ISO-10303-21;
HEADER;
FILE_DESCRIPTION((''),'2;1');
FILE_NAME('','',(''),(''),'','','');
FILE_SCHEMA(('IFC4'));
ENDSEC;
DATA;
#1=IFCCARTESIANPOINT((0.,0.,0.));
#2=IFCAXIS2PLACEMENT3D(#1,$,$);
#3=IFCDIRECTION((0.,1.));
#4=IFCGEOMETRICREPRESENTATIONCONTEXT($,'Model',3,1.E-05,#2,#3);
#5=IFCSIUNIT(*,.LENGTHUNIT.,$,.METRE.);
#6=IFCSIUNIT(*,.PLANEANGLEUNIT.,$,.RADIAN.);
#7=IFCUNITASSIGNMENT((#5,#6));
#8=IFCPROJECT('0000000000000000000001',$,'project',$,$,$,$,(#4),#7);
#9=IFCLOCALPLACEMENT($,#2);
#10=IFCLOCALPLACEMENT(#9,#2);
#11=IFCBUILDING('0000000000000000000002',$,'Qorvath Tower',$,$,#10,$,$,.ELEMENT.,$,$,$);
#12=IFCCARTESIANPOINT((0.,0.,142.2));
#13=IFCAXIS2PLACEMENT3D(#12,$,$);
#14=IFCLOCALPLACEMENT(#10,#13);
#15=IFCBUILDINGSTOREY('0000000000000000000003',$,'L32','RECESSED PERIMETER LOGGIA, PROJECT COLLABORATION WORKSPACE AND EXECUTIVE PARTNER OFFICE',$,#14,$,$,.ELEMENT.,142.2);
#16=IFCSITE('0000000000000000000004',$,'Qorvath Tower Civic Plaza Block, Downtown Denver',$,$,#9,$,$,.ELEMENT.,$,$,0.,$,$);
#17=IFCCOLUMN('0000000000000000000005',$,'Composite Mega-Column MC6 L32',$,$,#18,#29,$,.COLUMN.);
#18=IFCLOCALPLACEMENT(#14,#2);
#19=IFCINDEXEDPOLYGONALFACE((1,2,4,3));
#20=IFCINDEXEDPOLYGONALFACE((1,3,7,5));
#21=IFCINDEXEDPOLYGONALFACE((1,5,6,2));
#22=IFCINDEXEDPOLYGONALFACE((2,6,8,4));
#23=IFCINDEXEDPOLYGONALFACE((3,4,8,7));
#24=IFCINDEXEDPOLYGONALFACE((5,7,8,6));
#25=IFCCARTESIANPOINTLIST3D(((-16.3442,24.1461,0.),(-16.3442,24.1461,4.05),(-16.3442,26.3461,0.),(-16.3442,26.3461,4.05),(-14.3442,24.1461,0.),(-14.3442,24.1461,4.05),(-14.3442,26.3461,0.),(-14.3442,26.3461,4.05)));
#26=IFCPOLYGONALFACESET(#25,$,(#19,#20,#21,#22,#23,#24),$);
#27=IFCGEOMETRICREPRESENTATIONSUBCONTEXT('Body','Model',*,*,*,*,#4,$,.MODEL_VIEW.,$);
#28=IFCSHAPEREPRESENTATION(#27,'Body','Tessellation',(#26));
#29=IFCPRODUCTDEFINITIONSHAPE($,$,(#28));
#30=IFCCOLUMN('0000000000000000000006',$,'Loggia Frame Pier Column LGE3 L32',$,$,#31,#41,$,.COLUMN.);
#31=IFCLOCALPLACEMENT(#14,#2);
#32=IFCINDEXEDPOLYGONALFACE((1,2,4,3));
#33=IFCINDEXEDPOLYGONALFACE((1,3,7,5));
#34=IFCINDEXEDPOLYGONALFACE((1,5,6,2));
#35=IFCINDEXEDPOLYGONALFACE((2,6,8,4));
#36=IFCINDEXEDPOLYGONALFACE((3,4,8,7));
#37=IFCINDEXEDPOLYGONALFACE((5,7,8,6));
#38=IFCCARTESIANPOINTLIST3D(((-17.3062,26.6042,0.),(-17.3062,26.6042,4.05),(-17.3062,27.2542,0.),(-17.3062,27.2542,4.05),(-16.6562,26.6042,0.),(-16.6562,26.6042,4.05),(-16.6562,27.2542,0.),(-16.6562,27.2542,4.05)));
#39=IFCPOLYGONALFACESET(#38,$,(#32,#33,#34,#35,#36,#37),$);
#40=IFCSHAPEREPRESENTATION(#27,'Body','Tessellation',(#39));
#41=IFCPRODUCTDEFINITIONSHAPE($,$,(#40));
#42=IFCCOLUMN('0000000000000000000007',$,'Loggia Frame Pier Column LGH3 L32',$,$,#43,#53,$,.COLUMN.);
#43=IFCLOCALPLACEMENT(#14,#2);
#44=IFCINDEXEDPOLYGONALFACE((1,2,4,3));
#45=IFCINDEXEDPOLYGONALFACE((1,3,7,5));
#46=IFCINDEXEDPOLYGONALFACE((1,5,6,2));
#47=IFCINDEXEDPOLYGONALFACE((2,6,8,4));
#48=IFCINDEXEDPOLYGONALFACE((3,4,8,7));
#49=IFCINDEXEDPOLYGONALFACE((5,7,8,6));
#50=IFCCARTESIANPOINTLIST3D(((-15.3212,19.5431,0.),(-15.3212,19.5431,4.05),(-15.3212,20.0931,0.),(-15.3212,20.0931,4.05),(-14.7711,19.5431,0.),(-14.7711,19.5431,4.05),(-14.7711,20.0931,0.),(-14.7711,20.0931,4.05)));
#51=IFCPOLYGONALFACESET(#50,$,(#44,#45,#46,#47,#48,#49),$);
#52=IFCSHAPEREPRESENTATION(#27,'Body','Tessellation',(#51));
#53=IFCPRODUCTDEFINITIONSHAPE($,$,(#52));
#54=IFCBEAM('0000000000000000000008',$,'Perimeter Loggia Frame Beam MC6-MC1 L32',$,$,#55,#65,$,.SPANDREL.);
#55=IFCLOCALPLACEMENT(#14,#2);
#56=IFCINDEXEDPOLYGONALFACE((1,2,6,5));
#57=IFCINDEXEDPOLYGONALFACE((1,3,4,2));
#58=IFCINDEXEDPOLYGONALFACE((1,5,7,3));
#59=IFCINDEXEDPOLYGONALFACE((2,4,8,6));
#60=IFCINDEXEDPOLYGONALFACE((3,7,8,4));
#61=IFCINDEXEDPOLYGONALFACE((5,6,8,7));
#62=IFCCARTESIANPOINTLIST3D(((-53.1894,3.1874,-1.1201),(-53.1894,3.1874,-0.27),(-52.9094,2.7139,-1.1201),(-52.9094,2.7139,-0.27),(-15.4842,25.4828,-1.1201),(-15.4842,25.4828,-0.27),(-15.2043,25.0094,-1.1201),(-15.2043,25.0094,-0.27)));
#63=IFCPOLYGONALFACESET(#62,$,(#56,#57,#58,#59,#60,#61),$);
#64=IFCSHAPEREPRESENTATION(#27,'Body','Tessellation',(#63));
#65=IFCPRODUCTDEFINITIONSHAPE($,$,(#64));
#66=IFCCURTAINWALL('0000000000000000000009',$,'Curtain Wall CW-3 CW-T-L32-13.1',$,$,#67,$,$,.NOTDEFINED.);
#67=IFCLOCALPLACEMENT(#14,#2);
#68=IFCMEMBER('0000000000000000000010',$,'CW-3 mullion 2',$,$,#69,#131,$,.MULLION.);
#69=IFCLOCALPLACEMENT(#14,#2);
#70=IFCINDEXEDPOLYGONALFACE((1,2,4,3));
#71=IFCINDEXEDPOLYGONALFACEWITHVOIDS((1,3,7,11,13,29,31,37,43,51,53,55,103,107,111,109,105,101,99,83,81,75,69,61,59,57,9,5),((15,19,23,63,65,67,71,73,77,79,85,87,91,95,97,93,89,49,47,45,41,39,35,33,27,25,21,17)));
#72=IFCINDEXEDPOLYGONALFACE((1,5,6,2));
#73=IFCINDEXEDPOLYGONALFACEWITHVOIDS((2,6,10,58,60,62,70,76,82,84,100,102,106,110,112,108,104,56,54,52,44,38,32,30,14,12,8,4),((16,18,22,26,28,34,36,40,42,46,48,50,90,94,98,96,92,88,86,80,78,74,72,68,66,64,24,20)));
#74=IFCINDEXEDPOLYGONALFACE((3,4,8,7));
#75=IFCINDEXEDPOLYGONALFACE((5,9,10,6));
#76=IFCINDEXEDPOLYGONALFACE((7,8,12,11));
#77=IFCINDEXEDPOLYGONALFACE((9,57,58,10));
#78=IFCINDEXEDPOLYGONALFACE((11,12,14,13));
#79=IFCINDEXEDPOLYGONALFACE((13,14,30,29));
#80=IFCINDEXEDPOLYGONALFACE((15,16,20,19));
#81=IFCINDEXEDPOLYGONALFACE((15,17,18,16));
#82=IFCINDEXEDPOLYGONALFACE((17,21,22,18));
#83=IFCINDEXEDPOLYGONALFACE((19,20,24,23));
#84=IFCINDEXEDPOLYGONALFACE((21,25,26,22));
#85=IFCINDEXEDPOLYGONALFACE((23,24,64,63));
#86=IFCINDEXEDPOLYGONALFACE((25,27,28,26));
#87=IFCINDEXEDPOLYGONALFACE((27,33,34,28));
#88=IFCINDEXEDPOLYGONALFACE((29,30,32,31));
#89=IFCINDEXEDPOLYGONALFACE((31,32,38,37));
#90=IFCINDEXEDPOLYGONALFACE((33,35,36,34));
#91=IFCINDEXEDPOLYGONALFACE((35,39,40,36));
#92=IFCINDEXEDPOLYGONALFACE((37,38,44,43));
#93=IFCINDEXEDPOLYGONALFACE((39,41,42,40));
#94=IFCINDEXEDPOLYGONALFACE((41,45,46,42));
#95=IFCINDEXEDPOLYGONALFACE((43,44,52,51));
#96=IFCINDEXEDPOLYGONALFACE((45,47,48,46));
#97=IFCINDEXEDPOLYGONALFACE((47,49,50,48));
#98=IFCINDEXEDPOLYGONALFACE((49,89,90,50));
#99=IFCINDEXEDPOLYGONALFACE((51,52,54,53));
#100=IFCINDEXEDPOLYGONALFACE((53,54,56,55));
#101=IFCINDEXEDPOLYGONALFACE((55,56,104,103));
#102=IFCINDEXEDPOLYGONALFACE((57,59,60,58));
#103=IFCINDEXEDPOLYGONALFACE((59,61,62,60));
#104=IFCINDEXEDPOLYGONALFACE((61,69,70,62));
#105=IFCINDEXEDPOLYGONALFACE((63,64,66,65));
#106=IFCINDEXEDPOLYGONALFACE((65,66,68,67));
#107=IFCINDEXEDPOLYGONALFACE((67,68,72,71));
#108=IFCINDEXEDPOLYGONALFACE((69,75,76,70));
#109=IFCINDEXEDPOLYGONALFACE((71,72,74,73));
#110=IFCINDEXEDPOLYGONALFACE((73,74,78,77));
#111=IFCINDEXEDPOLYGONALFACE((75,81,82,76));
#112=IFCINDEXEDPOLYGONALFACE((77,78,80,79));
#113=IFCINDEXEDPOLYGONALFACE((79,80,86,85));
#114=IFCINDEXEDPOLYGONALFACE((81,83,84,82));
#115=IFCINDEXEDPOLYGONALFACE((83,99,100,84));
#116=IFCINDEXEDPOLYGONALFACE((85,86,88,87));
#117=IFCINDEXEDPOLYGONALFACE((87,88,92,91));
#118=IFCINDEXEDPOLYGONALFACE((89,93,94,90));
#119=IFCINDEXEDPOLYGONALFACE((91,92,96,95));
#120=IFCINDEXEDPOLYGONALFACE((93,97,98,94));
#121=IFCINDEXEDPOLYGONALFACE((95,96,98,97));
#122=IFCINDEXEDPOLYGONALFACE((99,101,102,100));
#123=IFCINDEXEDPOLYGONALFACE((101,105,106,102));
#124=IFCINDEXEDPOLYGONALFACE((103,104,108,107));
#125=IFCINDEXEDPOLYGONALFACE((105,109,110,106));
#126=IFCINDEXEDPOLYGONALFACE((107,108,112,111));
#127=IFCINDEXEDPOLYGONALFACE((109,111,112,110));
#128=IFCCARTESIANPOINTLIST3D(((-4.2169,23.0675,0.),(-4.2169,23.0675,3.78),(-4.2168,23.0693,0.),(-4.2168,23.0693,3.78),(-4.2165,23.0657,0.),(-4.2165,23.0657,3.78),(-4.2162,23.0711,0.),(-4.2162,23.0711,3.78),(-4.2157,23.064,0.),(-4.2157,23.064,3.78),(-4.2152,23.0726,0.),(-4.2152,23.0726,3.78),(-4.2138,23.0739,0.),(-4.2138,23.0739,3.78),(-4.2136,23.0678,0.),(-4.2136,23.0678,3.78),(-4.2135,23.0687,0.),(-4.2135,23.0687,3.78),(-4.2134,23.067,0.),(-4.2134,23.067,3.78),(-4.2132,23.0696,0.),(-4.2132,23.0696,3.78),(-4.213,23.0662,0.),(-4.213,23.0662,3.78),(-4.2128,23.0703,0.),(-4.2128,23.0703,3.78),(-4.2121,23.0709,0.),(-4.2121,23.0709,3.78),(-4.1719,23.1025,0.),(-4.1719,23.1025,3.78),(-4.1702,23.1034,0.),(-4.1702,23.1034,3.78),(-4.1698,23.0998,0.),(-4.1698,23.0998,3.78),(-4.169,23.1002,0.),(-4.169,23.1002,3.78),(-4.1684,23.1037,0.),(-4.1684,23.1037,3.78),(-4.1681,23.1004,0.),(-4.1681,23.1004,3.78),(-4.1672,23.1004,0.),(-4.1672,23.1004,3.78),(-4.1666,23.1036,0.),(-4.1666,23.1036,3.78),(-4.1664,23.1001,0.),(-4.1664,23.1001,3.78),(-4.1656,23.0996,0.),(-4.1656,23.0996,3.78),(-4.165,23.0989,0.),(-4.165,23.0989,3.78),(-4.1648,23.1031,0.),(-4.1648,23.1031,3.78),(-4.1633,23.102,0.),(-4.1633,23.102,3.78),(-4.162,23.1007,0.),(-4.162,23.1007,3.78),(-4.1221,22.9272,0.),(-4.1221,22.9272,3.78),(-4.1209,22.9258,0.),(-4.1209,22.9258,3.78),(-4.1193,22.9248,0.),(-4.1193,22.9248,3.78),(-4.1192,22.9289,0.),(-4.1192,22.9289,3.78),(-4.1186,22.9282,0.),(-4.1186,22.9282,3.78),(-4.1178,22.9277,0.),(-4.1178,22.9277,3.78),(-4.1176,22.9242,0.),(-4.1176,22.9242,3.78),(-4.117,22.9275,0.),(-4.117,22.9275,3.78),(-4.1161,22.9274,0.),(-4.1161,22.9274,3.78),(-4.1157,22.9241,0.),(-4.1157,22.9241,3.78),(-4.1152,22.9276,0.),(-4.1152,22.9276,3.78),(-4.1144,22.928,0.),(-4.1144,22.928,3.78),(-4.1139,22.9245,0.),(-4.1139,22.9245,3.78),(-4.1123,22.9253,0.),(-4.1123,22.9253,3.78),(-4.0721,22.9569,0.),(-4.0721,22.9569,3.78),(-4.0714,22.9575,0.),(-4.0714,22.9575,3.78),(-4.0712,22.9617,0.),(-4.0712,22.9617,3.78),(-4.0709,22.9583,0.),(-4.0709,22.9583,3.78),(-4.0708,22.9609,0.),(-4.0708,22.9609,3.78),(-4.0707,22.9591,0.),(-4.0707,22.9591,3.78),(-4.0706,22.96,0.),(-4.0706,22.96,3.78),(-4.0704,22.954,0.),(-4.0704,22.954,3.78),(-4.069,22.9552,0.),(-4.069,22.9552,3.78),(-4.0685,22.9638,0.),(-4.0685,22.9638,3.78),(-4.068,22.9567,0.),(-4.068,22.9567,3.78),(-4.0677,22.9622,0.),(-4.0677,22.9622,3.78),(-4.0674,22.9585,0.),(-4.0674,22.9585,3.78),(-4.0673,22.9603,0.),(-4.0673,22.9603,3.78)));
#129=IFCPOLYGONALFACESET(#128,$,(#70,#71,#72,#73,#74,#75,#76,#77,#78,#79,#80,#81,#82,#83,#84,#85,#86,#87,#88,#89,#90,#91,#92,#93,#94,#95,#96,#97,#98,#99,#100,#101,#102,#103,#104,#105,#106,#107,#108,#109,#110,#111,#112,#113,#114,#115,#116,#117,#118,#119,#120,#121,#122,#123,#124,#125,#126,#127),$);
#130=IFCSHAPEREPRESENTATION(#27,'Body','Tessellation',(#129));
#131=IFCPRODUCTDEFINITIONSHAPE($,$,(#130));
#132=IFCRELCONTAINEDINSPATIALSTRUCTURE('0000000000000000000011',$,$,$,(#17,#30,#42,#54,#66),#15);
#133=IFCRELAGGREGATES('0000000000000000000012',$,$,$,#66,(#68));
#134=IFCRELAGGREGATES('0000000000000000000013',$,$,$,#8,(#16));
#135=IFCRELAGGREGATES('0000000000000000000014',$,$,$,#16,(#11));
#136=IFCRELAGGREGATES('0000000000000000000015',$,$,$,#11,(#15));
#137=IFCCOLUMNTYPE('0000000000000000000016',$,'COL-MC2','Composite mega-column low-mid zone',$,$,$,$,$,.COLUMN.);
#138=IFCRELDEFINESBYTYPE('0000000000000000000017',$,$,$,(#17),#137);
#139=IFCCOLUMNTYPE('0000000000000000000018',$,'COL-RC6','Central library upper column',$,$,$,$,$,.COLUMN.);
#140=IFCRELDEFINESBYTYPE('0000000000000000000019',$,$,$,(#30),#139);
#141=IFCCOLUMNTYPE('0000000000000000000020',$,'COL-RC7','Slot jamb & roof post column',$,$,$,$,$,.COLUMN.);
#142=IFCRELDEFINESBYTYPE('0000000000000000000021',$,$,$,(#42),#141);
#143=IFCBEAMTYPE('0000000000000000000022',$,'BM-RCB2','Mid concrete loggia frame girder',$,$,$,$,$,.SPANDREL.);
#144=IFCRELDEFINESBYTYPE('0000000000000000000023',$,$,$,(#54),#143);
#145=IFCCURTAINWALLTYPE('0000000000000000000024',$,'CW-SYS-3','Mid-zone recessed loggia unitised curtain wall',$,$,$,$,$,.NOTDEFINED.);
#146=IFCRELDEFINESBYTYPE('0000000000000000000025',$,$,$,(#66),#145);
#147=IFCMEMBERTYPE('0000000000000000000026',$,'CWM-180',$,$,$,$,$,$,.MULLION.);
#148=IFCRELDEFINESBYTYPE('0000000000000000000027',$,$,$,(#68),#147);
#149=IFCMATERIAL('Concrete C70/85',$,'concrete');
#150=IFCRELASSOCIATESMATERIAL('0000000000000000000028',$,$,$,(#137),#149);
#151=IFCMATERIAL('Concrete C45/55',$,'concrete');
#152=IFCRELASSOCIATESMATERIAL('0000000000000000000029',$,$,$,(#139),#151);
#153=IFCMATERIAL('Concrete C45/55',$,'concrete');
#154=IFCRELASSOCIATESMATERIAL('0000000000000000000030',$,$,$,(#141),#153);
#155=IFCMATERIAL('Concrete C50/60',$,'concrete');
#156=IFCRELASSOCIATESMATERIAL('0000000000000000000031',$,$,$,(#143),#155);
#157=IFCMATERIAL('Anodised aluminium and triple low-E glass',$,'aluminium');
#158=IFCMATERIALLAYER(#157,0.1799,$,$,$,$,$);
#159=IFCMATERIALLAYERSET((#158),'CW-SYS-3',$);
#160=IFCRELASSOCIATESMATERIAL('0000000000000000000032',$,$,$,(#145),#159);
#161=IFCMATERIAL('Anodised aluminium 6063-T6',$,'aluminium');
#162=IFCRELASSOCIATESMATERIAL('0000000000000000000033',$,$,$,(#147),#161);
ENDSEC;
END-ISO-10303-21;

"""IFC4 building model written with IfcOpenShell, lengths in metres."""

from ifc_helpers import new_model, si_unit, direction, frame, origin, origin_2d, place, context, subcontext, project, spatial, rectangle, hollow_rectangle, extrude, material, layer, layer_set, material_profile, profile_set, type_object, element, aggregate, save


model = new_model("IFC4")

# Units and contexts
model_context = context("Model", 3, precision=1e-05, world=origin(), true_north=direction((0.0, 1.0)))
body_context = subcontext(model_context, "Body", "Model", "MODEL_VIEW")
ifc_project = project(units=[si_unit("LENGTHUNIT", "METRE"), si_unit("PLANEANGLEUNIT", "RADIAN")], contexts=[model_context])

# Site, building, storey
site_placement = place(None, origin())
site = spatial("IfcSite", under=ifc_project, at=site_placement, Name="Qorvath Tower Civic Plaza Block, Downtown Denver", CompositionType="ELEMENT", RefElevation=0.0)
building_placement = place(site_placement, origin())
building = spatial("IfcBuilding", under=site, at=building_placement, Name="Qorvath Tower", CompositionType="ELEMENT")
storey_placement = place(building_placement, frame((0.0, 0.0, 142.2)))
storey = spatial("IfcBuildingStorey", under=building, at=storey_placement, Name="L32", Description="RECESSED PERIMETER LOGGIA, PROJECT COLLABORATION WORKSPACE AND EXECUTIVE PARTNER OFFICE", CompositionType="ELEMENT", Elevation=142.2)

# Columns
ifc_material_1 = material(Name="Concrete C70/85", Category="concrete")
ifc_material_profile_1 = material_profile(ifc_material_1, rectangle(XDim=2.0, YDim=2.2, at=origin_2d()), Name="MC 2200x2000")
ifc_profile_set_1 = profile_set([ifc_material_profile_1], Name="Concrete C70/85")
column_type_1 = type_object("IfcColumnType", Name="COL-MC2", Description="Composite mega-column low-mid zone", PredefinedType="COLUMN", material=ifc_profile_set_1)
column_1_placement = place(storey_placement, frame((-15.3442, 25.2461, 0.0), z_axis=(0.0, 0.0, 1.0), x_axis=(1.0, 0.0, 0.0)))
element("IfcColumn", 1, at=column_1_placement, inside=storey, type_object=column_type_1, Name="Composite Mega-Column MC6 L32", PredefinedType="COLUMN", context=body_context, shape_type="SweptSolid", body=[
    extrude(rectangle(XDim=2.0, YDim=2.2, at=origin_2d()), origin(), (0.0, 0.0, 1.0), 4.05),
])
ifc_material_2 = material(Name="Concrete C45/55", Category="concrete")
ifc_material_profile_2 = material_profile(ifc_material_2, rectangle(XDim=0.6499, YDim=0.6499, at=origin_2d()), Name="RC 650x650")
ifc_profile_set_2 = profile_set([ifc_material_profile_2], Name="Concrete C45/55")
column_type_2 = type_object("IfcColumnType", Name="COL-RC6", Description="Central library upper column", PredefinedType="COLUMN", material=ifc_profile_set_2)
column_2_placement = place(storey_placement, frame((-16.9812, 26.9292, 0.0), z_axis=(0.0, 0.0, 1.0), x_axis=(1.0, 0.0, 0.0)))
element("IfcColumn", 2, at=column_2_placement, inside=storey, type_object=column_type_2, Name="Loggia Frame Pier Column LGE3 L32", PredefinedType="COLUMN", context=body_context, shape_type="SweptSolid", body=[
    extrude(rectangle(XDim=0.6499, YDim=0.6499, at=origin_2d()), origin(), (0.0, 0.0, 1.0), 4.05),
])
ifc_material_3 = material(Name="Concrete C45/55", Category="concrete")
ifc_material_profile_3 = material_profile(ifc_material_3, rectangle(XDim=0.55, YDim=0.55, at=origin_2d()), Name="RC 550x550")
ifc_profile_set_3 = profile_set([ifc_material_profile_3], Name="Concrete C45/55")
column_type_3 = type_object("IfcColumnType", Name="COL-RC7", Description="Slot jamb & roof post column", PredefinedType="COLUMN", material=ifc_profile_set_3)
column_3_placement = place(storey_placement, frame((-15.0461, 19.8181, 0.0), z_axis=(0.0, 0.0, 1.0), x_axis=(1.0, 0.0, 0.0)))
element("IfcColumn", 3, at=column_3_placement, inside=storey, type_object=column_type_3, Name="Loggia Frame Pier Column LGH3 L32", PredefinedType="COLUMN", context=body_context, shape_type="SweptSolid", body=[
    extrude(rectangle(XDim=0.55, YDim=0.55, at=origin_2d()), origin(), (0.0, 0.0, 1.0), 4.05),
])

# Beam
ifc_material_4 = material(Name="Concrete C50/60", Category="concrete")
ifc_material_profile_4 = material_profile(ifc_material_4, rectangle(XDim=0.55, YDim=0.8501, at=origin_2d()), Name="RCB 850x550")
ifc_profile_set_4 = profile_set([ifc_material_profile_4], Name="Concrete C50/60")
beam_type = type_object("IfcBeamType", Name="BM-RCB2", Description="Mid concrete loggia frame girder", PredefinedType="SPANDREL", material=ifc_profile_set_4)
beam_placement = place(storey_placement, frame((-15.3442, 25.2461, -0.6951), z_axis=(-0.860775, -0.508985, 0.0), x_axis=(0.508985, -0.860775, 0.0)))
element("IfcBeam", 4, at=beam_placement, inside=storey, type_object=beam_type, Name="Perimeter Loggia Frame Beam MC6-MC1 L32", PredefinedType="SPANDREL", context=body_context, shape_type="SweptSolid", body=[
    extrude(rectangle(XDim=0.55, YDim=0.8501, at=origin_2d()), origin(), (0.0, 0.0, 1.0), 43.8037),
])

# Curtain wall, member
ifc_material_5 = material(Name="Anodised aluminium and triple low-E glass", Category="aluminium")
ifc_layer_1 = layer(ifc_material_5, 0.1799)
ifc_layer_set_1 = layer_set([ifc_layer_1], Name="CW-SYS-3")
curtain_wall_type = type_object("IfcCurtainWallType", Name="CW-SYS-3", Description="Mid-zone recessed loggia unitised curtain wall", PredefinedType="NOTDEFINED", material=ifc_layer_set_1)
curtain_wall_1_placement = place(storey_placement, origin())
curtain_wall_1 = element("IfcCurtainWall", 5, at=curtain_wall_1_placement, inside=storey, type_object=curtain_wall_type, Name="Curtain Wall CW-3 CW-T-L32-13.1", PredefinedType="NOTDEFINED")
ifc_material_6 = material(Name="Anodised aluminium 6063-T6", Category="aluminium")
ifc_material_profile_5 = material_profile(ifc_material_6, hollow_rectangle(XDim=0.0649, YDim=0.1799, WallThickness=0.0034, InnerFilletRadius=0.0034, OuterFilletRadius=0.0071, at=origin_2d()), Name="CWM 180x65")
ifc_profile_set_5 = profile_set([ifc_material_profile_5], Name="Anodised aluminium 6063-T6")
member_type_1 = type_object("IfcMemberType", Name="CWM-180", PredefinedType="MULLION", material=ifc_profile_set_5)
member_1_placement = place(storey_placement, frame((-4.1421, 23.0139, 0.0), z_axis=(0.0, 0.0, 1.0), x_axis=(-0.82561, -0.564241, 0.0)))
member_1 = element("IfcMember", 6, at=member_1_placement, type_object=member_type_1, Name="CW-3 mullion 2", PredefinedType="MULLION", context=body_context, shape_type="SweptSolid", body=[
    extrude(hollow_rectangle(XDim=0.0649, YDim=0.1799, WallThickness=0.0034, InnerFilletRadius=0.0034, OuterFilletRadius=0.0071, at=origin_2d()), origin(), (0.0, 0.0, 1.0), 3.78),
])

aggregate(curtain_wall_1, [member_1])

save(model, "model.ifc")
